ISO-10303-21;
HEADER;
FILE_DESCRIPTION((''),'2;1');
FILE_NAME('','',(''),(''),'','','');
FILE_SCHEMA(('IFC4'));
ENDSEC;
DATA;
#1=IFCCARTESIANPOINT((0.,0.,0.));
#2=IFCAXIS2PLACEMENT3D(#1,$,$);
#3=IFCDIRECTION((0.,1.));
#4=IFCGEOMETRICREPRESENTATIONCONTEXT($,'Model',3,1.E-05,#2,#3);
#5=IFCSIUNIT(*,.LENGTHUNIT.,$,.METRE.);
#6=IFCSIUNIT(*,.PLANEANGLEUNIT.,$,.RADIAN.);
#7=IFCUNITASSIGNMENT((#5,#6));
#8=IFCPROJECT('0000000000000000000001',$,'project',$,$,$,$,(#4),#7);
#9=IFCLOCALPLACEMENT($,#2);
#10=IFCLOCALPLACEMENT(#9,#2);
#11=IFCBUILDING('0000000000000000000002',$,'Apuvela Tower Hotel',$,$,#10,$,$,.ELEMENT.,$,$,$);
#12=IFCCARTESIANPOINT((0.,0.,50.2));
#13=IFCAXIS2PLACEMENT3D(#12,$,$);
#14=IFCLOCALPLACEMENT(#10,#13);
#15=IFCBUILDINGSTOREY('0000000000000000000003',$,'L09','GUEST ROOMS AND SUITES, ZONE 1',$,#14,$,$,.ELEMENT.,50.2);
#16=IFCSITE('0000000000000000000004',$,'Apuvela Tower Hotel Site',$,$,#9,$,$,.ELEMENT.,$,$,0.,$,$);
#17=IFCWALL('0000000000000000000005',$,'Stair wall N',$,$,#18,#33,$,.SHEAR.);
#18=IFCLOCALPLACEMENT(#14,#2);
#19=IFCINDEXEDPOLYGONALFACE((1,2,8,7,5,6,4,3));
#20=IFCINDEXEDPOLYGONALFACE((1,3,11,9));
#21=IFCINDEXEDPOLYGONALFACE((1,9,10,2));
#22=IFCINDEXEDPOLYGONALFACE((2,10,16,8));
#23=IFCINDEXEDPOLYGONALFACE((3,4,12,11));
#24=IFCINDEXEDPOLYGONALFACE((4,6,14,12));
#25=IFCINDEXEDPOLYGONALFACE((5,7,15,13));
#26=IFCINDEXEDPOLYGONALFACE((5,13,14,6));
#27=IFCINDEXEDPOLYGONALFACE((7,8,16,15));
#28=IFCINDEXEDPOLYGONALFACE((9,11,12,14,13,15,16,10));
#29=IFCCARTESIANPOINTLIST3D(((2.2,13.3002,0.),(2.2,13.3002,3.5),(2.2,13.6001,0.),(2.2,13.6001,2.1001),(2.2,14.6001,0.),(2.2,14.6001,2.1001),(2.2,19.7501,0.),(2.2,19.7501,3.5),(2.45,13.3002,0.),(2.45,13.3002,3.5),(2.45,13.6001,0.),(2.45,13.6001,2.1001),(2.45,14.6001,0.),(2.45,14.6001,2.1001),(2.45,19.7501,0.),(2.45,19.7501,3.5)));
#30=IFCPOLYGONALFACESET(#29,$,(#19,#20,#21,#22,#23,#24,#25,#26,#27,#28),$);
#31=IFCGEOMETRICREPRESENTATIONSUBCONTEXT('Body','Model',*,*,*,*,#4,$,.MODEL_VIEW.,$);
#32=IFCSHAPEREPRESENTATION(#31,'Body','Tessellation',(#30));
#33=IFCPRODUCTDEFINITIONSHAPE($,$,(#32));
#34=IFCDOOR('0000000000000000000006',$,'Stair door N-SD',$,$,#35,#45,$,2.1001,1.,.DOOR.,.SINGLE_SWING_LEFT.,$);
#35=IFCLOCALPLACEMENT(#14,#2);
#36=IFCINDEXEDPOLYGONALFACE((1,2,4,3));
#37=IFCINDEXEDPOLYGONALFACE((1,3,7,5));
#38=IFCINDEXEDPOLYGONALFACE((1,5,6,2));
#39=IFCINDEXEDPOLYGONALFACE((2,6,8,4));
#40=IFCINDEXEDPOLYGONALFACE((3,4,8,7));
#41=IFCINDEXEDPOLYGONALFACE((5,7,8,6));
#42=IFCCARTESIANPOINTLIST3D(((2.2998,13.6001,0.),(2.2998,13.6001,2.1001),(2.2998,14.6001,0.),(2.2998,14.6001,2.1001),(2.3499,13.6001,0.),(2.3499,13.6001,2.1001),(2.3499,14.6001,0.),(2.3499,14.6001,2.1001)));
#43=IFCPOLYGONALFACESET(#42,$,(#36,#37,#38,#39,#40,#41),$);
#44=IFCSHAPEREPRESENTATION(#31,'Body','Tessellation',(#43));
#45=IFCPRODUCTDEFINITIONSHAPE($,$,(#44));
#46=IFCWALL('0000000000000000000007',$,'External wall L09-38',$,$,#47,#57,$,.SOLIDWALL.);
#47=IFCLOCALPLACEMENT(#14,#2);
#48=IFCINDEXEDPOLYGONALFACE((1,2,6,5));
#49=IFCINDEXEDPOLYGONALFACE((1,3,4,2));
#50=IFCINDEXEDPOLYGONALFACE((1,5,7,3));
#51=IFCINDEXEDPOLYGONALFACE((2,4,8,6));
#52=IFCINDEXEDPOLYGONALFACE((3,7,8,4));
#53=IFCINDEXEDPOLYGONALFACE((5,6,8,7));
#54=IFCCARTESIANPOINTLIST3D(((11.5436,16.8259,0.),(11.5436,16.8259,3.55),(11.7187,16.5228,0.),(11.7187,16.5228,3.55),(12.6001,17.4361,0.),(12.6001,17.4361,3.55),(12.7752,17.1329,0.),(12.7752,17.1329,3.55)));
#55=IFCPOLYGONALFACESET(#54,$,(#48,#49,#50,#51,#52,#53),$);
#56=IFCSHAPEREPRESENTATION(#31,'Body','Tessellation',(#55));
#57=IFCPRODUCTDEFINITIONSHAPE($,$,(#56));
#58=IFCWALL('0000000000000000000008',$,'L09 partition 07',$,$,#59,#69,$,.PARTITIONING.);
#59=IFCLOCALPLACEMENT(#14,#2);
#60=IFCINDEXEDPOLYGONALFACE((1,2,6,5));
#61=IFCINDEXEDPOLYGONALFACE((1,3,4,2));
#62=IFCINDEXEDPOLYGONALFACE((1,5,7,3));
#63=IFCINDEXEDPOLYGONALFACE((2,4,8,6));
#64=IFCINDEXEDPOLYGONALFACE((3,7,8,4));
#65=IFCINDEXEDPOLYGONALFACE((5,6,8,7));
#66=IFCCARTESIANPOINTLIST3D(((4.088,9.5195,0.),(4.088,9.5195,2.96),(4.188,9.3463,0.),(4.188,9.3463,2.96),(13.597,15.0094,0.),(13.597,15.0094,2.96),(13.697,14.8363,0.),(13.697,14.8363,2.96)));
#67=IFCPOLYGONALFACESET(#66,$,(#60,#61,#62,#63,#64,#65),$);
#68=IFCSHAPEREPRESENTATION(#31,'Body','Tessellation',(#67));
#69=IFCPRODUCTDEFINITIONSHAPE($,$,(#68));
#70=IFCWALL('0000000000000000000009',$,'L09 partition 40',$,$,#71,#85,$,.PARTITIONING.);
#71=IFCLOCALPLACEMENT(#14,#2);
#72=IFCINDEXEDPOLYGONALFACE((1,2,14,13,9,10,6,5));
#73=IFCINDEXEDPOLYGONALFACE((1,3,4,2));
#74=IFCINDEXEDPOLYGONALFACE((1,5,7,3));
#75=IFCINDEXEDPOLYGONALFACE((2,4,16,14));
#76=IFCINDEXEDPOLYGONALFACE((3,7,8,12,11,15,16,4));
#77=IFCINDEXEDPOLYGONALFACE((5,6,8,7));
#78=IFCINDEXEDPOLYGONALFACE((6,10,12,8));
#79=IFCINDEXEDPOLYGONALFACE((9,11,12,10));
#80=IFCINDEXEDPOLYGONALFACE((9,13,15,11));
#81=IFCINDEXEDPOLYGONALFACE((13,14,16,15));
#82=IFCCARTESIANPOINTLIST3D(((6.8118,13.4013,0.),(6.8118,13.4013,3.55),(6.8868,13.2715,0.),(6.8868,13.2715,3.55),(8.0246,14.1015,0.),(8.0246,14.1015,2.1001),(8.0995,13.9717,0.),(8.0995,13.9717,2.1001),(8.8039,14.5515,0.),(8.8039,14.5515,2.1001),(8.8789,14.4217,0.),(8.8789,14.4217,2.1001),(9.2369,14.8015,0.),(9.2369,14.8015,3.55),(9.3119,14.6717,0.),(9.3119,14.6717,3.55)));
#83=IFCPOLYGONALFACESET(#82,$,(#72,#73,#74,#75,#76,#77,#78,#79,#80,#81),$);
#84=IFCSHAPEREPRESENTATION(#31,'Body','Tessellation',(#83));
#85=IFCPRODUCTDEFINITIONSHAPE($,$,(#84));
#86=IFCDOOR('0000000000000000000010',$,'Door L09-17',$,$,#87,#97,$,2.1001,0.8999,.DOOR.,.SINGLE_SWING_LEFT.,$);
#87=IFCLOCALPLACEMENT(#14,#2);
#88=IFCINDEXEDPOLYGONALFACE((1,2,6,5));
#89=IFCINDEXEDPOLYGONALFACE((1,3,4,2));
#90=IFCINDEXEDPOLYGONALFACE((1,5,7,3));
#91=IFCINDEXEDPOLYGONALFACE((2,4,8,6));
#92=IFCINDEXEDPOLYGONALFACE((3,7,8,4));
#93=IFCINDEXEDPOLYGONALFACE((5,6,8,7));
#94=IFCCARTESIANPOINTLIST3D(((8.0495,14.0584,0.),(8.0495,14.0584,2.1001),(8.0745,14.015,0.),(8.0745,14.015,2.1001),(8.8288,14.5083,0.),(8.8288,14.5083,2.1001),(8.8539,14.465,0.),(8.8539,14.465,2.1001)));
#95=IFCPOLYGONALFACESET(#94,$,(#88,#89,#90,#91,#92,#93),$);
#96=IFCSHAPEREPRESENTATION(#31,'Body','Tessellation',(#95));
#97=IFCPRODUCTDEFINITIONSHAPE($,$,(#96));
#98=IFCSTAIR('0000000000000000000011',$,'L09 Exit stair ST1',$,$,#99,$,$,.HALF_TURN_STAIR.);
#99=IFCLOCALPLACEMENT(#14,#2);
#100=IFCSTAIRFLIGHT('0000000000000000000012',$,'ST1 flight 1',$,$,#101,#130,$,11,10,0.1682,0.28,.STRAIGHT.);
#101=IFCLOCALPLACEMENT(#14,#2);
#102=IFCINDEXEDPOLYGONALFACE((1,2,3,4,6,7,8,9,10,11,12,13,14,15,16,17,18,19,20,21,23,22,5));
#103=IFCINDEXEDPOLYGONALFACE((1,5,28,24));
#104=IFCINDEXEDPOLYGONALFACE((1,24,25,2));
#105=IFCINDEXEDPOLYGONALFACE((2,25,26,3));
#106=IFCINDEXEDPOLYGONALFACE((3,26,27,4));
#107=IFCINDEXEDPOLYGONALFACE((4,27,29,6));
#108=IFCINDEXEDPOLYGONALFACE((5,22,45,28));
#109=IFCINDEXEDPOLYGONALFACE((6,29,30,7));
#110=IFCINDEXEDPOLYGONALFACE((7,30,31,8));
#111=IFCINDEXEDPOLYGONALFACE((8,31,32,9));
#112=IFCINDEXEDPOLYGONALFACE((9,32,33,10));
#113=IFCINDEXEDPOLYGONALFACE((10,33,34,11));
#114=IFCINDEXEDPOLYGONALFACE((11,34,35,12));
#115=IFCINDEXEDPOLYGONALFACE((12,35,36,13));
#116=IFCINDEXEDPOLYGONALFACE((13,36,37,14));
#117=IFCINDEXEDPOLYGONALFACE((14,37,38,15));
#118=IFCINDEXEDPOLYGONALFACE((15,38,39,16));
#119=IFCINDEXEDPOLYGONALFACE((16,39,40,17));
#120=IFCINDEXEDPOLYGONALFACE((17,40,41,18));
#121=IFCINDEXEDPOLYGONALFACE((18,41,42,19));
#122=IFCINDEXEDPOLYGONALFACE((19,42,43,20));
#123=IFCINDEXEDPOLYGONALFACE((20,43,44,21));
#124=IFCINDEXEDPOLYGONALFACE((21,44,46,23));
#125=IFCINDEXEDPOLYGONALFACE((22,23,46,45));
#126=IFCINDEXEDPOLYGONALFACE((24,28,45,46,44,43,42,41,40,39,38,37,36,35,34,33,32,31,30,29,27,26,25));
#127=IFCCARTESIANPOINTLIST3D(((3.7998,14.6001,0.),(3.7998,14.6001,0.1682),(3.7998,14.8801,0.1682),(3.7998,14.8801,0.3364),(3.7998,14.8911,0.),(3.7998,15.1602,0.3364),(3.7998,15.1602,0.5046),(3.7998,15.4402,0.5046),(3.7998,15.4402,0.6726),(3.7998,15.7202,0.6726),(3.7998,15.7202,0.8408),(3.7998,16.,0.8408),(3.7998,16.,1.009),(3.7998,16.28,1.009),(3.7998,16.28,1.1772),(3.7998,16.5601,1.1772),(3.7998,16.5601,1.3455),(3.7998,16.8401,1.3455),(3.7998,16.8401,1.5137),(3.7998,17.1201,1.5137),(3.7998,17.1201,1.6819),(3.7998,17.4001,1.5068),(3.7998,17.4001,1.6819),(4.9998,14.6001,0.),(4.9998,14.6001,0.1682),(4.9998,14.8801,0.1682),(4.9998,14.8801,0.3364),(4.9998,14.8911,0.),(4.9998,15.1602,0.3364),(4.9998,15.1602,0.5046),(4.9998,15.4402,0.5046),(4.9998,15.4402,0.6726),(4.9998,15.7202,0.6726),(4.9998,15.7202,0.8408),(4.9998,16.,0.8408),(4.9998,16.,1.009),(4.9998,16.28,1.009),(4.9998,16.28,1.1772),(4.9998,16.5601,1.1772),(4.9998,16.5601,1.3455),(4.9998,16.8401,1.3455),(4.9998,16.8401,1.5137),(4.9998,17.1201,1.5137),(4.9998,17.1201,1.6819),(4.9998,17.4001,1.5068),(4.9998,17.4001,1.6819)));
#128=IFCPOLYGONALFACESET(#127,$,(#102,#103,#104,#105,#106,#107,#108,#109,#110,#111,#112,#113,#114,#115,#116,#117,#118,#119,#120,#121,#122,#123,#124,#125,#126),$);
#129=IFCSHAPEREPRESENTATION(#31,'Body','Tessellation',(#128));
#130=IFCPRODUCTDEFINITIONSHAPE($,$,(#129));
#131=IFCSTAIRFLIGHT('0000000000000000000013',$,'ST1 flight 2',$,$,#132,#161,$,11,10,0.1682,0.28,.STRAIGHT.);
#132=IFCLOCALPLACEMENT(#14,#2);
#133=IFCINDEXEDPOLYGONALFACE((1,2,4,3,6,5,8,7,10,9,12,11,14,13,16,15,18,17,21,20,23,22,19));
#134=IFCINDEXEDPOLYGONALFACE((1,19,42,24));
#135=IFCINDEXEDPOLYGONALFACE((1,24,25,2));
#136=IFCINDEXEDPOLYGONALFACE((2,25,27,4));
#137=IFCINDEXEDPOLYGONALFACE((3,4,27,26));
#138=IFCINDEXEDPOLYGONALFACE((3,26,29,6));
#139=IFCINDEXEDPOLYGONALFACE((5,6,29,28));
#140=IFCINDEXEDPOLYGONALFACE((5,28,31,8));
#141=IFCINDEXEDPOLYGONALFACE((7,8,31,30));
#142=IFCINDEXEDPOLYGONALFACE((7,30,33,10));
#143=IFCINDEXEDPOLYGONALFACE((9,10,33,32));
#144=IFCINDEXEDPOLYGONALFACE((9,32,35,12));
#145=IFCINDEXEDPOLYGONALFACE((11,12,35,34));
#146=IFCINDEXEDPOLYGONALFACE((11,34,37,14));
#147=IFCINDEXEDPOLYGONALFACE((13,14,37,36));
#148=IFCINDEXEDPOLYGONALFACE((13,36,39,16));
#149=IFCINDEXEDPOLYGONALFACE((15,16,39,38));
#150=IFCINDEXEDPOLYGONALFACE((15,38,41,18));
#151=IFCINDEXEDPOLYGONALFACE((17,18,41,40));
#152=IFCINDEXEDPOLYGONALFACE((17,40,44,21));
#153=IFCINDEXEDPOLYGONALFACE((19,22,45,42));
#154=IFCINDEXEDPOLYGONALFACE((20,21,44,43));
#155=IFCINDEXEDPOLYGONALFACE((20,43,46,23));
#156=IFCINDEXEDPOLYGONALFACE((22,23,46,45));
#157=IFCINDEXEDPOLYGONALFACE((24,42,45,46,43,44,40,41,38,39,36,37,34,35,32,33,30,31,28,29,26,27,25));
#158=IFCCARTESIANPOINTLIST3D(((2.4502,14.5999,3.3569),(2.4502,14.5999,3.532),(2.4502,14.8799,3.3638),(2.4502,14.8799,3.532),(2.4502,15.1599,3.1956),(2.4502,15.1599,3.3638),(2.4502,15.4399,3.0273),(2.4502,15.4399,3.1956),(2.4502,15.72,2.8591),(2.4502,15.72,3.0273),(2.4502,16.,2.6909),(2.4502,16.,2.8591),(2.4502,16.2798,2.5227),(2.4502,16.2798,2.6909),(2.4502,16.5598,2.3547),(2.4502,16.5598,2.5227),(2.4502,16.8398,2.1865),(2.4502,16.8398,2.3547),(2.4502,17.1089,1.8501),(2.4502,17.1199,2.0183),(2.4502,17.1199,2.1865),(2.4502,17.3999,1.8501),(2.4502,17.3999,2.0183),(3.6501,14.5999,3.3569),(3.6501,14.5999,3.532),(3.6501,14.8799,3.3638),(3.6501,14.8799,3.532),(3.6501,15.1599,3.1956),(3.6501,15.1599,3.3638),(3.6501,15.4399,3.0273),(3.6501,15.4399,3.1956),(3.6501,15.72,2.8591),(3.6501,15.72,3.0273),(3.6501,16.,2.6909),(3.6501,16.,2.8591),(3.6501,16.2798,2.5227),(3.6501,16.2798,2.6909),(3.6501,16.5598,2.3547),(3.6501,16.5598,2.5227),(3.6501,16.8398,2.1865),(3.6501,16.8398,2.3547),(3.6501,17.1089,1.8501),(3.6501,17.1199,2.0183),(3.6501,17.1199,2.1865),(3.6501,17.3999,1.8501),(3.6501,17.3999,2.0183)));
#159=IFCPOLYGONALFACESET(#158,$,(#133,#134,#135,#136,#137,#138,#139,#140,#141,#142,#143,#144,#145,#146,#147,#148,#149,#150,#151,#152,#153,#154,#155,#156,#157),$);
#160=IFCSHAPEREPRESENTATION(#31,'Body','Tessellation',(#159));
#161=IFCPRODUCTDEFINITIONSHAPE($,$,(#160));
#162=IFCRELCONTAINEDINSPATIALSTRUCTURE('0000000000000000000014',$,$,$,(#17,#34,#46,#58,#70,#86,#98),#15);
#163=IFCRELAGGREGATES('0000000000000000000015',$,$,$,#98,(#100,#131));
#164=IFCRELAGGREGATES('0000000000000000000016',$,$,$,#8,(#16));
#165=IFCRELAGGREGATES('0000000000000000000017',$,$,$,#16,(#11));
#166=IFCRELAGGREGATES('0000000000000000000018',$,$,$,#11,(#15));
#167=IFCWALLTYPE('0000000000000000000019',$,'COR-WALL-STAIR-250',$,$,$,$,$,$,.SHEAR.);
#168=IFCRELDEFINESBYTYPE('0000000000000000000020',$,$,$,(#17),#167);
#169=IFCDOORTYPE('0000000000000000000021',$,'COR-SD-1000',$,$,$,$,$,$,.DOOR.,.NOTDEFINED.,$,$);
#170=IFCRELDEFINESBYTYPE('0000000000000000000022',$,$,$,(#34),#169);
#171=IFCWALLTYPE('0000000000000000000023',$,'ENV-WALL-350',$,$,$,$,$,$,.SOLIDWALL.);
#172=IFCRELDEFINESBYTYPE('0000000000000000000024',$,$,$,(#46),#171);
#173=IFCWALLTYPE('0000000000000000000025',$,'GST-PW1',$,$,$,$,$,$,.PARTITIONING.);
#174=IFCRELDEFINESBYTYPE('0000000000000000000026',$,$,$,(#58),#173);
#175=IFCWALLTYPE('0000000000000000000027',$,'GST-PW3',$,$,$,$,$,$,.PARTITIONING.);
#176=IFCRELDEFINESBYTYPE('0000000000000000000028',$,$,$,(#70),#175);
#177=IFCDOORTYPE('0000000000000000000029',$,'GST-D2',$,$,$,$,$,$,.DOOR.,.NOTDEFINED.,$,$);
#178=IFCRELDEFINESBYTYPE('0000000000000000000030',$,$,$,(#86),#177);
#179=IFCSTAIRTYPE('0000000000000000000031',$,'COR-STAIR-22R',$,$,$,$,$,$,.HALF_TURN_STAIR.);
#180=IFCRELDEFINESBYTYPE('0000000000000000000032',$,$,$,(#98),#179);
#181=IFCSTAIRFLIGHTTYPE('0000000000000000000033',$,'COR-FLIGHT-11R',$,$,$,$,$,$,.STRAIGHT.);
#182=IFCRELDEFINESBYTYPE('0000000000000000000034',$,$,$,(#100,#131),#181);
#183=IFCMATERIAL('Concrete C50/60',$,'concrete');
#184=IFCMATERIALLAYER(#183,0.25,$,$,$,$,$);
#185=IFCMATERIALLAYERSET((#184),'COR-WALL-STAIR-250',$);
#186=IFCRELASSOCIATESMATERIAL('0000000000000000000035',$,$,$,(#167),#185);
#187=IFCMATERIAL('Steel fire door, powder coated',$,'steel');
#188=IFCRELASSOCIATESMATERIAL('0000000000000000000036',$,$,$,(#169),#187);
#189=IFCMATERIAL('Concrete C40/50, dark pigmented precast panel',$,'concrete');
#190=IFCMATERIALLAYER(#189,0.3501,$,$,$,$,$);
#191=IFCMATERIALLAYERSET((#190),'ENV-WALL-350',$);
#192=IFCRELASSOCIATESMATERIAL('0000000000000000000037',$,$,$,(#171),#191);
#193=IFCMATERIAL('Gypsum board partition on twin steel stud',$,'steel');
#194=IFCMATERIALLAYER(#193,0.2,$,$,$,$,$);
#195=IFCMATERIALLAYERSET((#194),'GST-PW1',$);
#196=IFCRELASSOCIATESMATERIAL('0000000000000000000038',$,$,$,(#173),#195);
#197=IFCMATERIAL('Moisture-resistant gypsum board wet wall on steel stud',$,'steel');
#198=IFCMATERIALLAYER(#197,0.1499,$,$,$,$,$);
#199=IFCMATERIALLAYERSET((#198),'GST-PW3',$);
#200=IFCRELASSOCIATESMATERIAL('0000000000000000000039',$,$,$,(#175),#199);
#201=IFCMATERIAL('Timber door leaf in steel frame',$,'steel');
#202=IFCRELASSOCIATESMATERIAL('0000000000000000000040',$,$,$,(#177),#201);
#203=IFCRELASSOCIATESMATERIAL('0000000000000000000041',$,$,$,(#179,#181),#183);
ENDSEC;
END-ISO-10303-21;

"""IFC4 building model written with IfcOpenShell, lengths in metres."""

from ifc_helpers import new_model, si_unit, direction, frame, frame_2d, origin, place, context, subcontext, project, spatial, polyline, rectangle, outline, extrude, material, layer, layer_set, type_object, element, fill, aggregate, save


model = new_model("IFC4")

# Units and contexts
model_context = context("Model", 3, precision=1e-05, world=origin(), true_north=direction((0.0, 1.0)))
body_context = subcontext(model_context, "Body", "Model", "MODEL_VIEW")
ifc_project = project(units=[si_unit("LENGTHUNIT", "METRE"), si_unit("PLANEANGLEUNIT", "RADIAN")], contexts=[model_context])

# Site, building, storey
site_placement = place(None, origin())
site = spatial("IfcSite", under=ifc_project, at=site_placement, Name="Apuvela Tower Hotel Site", CompositionType="ELEMENT", RefElevation=0.0)
building_placement = place(site_placement, origin())
building = spatial("IfcBuilding", under=site, at=building_placement, Name="Apuvela Tower Hotel", CompositionType="ELEMENT")
storey_placement = place(building_placement, frame((0.0, 0.0, 50.2)))
storey = spatial("IfcBuildingStorey", under=building, at=storey_placement, Name="L09", Description="GUEST ROOMS AND SUITES, ZONE 1", CompositionType="ELEMENT", Elevation=50.2)

# Shared definitions
ifc_material_1 = material(Name="Concrete C50/60", Category="concrete")
ifc_material_2 = material(Name="Steel fire door, powder coated", Category="steel")

# Wall, opening, door
ifc_layer_1 = layer(ifc_material_1, 0.25)
ifc_layer_set_1 = layer_set([ifc_layer_1], Name="COR-WALL-STAIR-250")
wall_type_1 = type_object("IfcWallType", Name="COR-WALL-STAIR-250", PredefinedType="SHEAR", material=ifc_layer_set_1)
wall_1_placement = place(storey_placement, frame((2.325, 13.3, 0.0), z_axis=(0.0, 0.0, 1.0), x_axis=(0.0, 1.0, 0.0)))
wall_1 = element("IfcWall", 1, at=wall_1_placement, inside=storey, type_object=wall_type_1, Name="Stair wall N", PredefinedType="SHEAR", context=body_context, shape_type="SweptSolid", body=[
    extrude(rectangle(XDim=6.45, YDim=0.25, at=frame_2d((3.2251, 0.0))), origin(), (0.0, 0.0, 1.0), 3.5),
])
opening_1_placement = place(wall_1_placement, frame((0.3, 0.0, 0.0)))
opening_1 = element("IfcOpeningElement", 2, at=opening_1_placement, cuts=wall_1, PredefinedType="OPENING", context=body_context, shape_type="SweptSolid", body=[
    extrude(rectangle(XDim=1.0, YDim=2.1001, at=frame_2d((0.5, 1.05))), frame((0.0, 0.135, 0.0), z_axis=(0.0, -1.0, 0.0), x_axis=(1.0, 0.0, 0.0)), (0.0, 0.0, 1.0), 0.27),
])
door_type_1 = type_object("IfcDoorType", Name="COR-SD-1000", OperationType="NOTDEFINED", PredefinedType="DOOR", material=ifc_material_2)
door_1_placement = place(opening_1_placement, frame((1.0, 0.0, 0.0), z_axis=(0.0, 0.0, 1.0), x_axis=(-1.0, 0.0, 0.0)))
door_1 = element("IfcDoor", 3, at=door_1_placement, inside=storey, type_object=door_type_1, Name="Stair door N-SD", OperationType="SINGLE_SWING_LEFT", OverallHeight=2.1001, OverallWidth=1.0, PredefinedType="DOOR", context=body_context, shape_type="SweptSolid", body=[
    extrude(rectangle(XDim=1.0, YDim=2.1001, at=frame_2d((0.5, 1.05))), frame((0.0, 0.0249, 0.0), z_axis=(0.0, -1.0, 0.0), x_axis=(1.0, 0.0, 0.0)), (0.0, 0.0, 1.0), 0.05),
])
fill(opening_1, door_1)

# Wall
ifc_material_3 = material(Name="Concrete C40/50, dark pigmented precast panel", Category="concrete")
ifc_layer_2 = layer(ifc_material_3, 0.3501)
ifc_layer_set_2 = layer_set([ifc_layer_2], Name="ENV-WALL-350")
wall_type_2 = type_object("IfcWallType", Name="ENV-WALL-350", PredefinedType="SOLIDWALL", material=ifc_layer_set_2)
wall_2_placement = place(storey_placement, frame((12.6875, 17.2844, 0.0), z_axis=(0.0, 0.0, 1.0), x_axis=(-0.865956, -0.500121, 0.0)))
element("IfcWall", 4, at=wall_2_placement, inside=storey, type_object=wall_type_2, Name="External wall L09-38", PredefinedType="SOLIDWALL", context=body_context, shape_type="SweptSolid", body=[
    extrude(rectangle(XDim=1.22, YDim=0.3501, at=frame_2d((0.6099, 0.0))), origin(), (0.0, 0.0, 1.0), 3.55),
])

# Wall
ifc_material_4 = material(Name="Gypsum board partition on twin steel stud", Category="steel")
ifc_layer_3 = layer(ifc_material_4, 0.2)
ifc_layer_set_3 = layer_set([ifc_layer_3], Name="GST-PW1")
wall_type_3 = type_object("IfcWallType", Name="GST-PW1", PredefinedType="PARTITIONING", material=ifc_layer_set_3)
wall_3_placement = place(storey_placement, frame((13.647, 14.9229, 0.0), z_axis=(0.0, 0.0, 1.0), x_axis=(-0.866027, -0.499996, 0.0)))
element("IfcWall", 5, at=wall_3_placement, inside=storey, type_object=wall_type_3, Name="L09 partition 07", PredefinedType="PARTITIONING", context=body_context, shape_type="SweptSolid", body=[
    extrude(rectangle(XDim=10.98, YDim=0.2, at=frame_2d((5.49, 0.0))), origin(), (0.0, 0.0, 1.0), 2.96),
])

# Wall, opening, door
ifc_material_5 = material(Name="Moisture-resistant gypsum board wet wall on steel stud", Category="steel")
ifc_layer_4 = layer(ifc_material_5, 0.1499)
ifc_layer_set_4 = layer_set([ifc_layer_4], Name="GST-PW3")
wall_type_4 = type_object("IfcWallType", Name="GST-PW3", PredefinedType="PARTITIONING", material=ifc_layer_set_4)
wall_4_placement = place(storey_placement, frame((9.2744, 14.7366, 0.0), z_axis=(0.0, 0.0, 1.0), x_axis=(-0.866019, -0.500012, 0.0)))
wall_4 = element("IfcWall", 6, at=wall_4_placement, inside=storey, type_object=wall_type_4, Name="L09 partition 40", PredefinedType="PARTITIONING", context=body_context, shape_type="SweptSolid", body=[
    extrude(rectangle(XDim=2.8003, YDim=0.1499, at=frame_2d((1.4001, 0.0))), origin(), (0.0, 0.0, 1.0), 3.55),
])
opening_2_placement = place(wall_4_placement, frame((0.5, 0.0, 0.0)))
opening_2 = element("IfcOpeningElement", 7, at=opening_2_placement, cuts=wall_4, PredefinedType="OPENING", context=body_context, shape_type="SweptSolid", body=[
    extrude(rectangle(XDim=0.8999, YDim=2.1001, at=frame_2d((0.45, 1.05))), frame((0.0, 0.085, 0.0), z_axis=(0.0, -1.0, 0.0), x_axis=(1.0, 0.0, 0.0)), (0.0, 0.0, 1.0), 0.1699),
])
ifc_material_6 = material(Name="Timber door leaf in steel frame", Category="steel")
door_type_2 = type_object("IfcDoorType", Name="GST-D2", OperationType="NOTDEFINED", PredefinedType="DOOR", material=ifc_material_6)
door_2_placement = place(opening_2_placement, origin())
door_2 = element("IfcDoor", 8, at=door_2_placement, inside=storey, type_object=door_type_2, Name="Door L09-17", OperationType="SINGLE_SWING_LEFT", OverallHeight=2.1001, OverallWidth=0.8999, PredefinedType="DOOR", context=body_context, shape_type="SweptSolid", body=[
    extrude(rectangle(XDim=0.8999, YDim=2.1001, at=frame_2d((0.45, 1.05))), frame((0.0, 0.0249, 0.0), z_axis=(0.0, -1.0, 0.0), x_axis=(1.0, 0.0, 0.0)), (0.0, 0.0, 1.0), 0.05),
])
fill(opening_2, door_2)

# Stair, stair flights
stair_type = type_object("IfcStairType", Name="COR-STAIR-22R", PredefinedType="HALF_TURN_STAIR", material=ifc_material_1)
stair_placement = place(storey_placement, origin())
stair = element("IfcStair", 9, at=stair_placement, inside=storey, type_object=stair_type, Name="L09 Exit stair ST1", PredefinedType="HALF_TURN_STAIR")
stair_flight_type = type_object("IfcStairFlightType", Name="COR-FLIGHT-11R", PredefinedType="STRAIGHT", material=ifc_material_1)
stair_flight_1_placement = place(storey_placement, frame((4.3999, 14.6001, 0.0), z_axis=(0.0, 0.0, 1.0), x_axis=(0.0, 1.0, 0.0)))
stair_flight_1 = element("IfcStairFlight", 10, at=stair_flight_1_placement, type_object=stair_flight_type, Name="ST1 flight 1", NumberOfRisers=11, NumberOfTreads=10, PredefinedType="STRAIGHT", RiserHeight=0.1682, TreadLength=0.28, context=body_context, shape_type="SweptSolid", body=[
    extrude(outline(polyline([(0.0, 0.0), (0.0, 0.1682), (0.28, 0.1682), (0.28, 0.3364), (0.5601, 0.3364), (0.5601, 0.5046), (0.8401, 0.5046), (0.8401, 0.6726), (1.1201, 0.6726), (1.1201, 0.8408), (1.3999, 0.8408), (1.3999, 1.009), (1.6799, 1.009), (1.6799, 1.1772), (1.96, 1.1772), (1.96, 1.3455), (2.24, 1.3455), (2.24, 1.5137), (2.52, 1.5137), (2.52, 1.6819), (2.8, 1.6819), (2.8, 1.8501), (2.8, 1.5068), (0.291, 0.0), (0.0, 0.0)])), frame((0.0, 0.6001, 0.0), z_axis=(0.0, -1.0, 0.0), x_axis=(1.0, 0.0, 0.0)), (0.0, 0.0, 1.0), 1.2),
])
stair_flight_2_placement = place(storey_placement, frame((3.05, 17.3999, 1.8501), z_axis=(0.0, 0.0, 1.0), x_axis=(0.0, -1.0, 0.0)))
stair_flight_2 = element("IfcStairFlight", 11, at=stair_flight_2_placement, type_object=stair_flight_type, Name="ST1 flight 2", NumberOfRisers=11, NumberOfTreads=10, PredefinedType="STRAIGHT", RiserHeight=0.1682, TreadLength=0.28, context=body_context, shape_type="SweptSolid", body=[
    extrude(outline(polyline([(0.0, 0.0), (0.0, 0.1682), (0.28, 0.1682), (0.28, 0.3364), (0.5601, 0.3364), (0.5601, 0.5046), (0.8401, 0.5046), (0.8401, 0.6726), (1.1201, 0.6726), (1.1201, 0.8408), (1.3999, 0.8408), (1.3999, 1.009), (1.6799, 1.009), (1.6799, 1.1772), (1.96, 1.1772), (1.96, 1.3455), (2.24, 1.3455), (2.24, 1.5137), (2.52, 1.5137), (2.52, 1.6819), (2.8, 1.6819), (2.8, 1.8501), (2.8, 1.5068), (0.291, 0.0), (0.0, 0.0)])), frame((0.0, 0.6001, 0.0), z_axis=(0.0, -1.0, 0.0), x_axis=(1.0, 0.0, 0.0)), (0.0, 0.0, 1.0), 1.2),
])
aggregate(stair, [stair_flight_1, stair_flight_2])

save(model, "model.ifc")
